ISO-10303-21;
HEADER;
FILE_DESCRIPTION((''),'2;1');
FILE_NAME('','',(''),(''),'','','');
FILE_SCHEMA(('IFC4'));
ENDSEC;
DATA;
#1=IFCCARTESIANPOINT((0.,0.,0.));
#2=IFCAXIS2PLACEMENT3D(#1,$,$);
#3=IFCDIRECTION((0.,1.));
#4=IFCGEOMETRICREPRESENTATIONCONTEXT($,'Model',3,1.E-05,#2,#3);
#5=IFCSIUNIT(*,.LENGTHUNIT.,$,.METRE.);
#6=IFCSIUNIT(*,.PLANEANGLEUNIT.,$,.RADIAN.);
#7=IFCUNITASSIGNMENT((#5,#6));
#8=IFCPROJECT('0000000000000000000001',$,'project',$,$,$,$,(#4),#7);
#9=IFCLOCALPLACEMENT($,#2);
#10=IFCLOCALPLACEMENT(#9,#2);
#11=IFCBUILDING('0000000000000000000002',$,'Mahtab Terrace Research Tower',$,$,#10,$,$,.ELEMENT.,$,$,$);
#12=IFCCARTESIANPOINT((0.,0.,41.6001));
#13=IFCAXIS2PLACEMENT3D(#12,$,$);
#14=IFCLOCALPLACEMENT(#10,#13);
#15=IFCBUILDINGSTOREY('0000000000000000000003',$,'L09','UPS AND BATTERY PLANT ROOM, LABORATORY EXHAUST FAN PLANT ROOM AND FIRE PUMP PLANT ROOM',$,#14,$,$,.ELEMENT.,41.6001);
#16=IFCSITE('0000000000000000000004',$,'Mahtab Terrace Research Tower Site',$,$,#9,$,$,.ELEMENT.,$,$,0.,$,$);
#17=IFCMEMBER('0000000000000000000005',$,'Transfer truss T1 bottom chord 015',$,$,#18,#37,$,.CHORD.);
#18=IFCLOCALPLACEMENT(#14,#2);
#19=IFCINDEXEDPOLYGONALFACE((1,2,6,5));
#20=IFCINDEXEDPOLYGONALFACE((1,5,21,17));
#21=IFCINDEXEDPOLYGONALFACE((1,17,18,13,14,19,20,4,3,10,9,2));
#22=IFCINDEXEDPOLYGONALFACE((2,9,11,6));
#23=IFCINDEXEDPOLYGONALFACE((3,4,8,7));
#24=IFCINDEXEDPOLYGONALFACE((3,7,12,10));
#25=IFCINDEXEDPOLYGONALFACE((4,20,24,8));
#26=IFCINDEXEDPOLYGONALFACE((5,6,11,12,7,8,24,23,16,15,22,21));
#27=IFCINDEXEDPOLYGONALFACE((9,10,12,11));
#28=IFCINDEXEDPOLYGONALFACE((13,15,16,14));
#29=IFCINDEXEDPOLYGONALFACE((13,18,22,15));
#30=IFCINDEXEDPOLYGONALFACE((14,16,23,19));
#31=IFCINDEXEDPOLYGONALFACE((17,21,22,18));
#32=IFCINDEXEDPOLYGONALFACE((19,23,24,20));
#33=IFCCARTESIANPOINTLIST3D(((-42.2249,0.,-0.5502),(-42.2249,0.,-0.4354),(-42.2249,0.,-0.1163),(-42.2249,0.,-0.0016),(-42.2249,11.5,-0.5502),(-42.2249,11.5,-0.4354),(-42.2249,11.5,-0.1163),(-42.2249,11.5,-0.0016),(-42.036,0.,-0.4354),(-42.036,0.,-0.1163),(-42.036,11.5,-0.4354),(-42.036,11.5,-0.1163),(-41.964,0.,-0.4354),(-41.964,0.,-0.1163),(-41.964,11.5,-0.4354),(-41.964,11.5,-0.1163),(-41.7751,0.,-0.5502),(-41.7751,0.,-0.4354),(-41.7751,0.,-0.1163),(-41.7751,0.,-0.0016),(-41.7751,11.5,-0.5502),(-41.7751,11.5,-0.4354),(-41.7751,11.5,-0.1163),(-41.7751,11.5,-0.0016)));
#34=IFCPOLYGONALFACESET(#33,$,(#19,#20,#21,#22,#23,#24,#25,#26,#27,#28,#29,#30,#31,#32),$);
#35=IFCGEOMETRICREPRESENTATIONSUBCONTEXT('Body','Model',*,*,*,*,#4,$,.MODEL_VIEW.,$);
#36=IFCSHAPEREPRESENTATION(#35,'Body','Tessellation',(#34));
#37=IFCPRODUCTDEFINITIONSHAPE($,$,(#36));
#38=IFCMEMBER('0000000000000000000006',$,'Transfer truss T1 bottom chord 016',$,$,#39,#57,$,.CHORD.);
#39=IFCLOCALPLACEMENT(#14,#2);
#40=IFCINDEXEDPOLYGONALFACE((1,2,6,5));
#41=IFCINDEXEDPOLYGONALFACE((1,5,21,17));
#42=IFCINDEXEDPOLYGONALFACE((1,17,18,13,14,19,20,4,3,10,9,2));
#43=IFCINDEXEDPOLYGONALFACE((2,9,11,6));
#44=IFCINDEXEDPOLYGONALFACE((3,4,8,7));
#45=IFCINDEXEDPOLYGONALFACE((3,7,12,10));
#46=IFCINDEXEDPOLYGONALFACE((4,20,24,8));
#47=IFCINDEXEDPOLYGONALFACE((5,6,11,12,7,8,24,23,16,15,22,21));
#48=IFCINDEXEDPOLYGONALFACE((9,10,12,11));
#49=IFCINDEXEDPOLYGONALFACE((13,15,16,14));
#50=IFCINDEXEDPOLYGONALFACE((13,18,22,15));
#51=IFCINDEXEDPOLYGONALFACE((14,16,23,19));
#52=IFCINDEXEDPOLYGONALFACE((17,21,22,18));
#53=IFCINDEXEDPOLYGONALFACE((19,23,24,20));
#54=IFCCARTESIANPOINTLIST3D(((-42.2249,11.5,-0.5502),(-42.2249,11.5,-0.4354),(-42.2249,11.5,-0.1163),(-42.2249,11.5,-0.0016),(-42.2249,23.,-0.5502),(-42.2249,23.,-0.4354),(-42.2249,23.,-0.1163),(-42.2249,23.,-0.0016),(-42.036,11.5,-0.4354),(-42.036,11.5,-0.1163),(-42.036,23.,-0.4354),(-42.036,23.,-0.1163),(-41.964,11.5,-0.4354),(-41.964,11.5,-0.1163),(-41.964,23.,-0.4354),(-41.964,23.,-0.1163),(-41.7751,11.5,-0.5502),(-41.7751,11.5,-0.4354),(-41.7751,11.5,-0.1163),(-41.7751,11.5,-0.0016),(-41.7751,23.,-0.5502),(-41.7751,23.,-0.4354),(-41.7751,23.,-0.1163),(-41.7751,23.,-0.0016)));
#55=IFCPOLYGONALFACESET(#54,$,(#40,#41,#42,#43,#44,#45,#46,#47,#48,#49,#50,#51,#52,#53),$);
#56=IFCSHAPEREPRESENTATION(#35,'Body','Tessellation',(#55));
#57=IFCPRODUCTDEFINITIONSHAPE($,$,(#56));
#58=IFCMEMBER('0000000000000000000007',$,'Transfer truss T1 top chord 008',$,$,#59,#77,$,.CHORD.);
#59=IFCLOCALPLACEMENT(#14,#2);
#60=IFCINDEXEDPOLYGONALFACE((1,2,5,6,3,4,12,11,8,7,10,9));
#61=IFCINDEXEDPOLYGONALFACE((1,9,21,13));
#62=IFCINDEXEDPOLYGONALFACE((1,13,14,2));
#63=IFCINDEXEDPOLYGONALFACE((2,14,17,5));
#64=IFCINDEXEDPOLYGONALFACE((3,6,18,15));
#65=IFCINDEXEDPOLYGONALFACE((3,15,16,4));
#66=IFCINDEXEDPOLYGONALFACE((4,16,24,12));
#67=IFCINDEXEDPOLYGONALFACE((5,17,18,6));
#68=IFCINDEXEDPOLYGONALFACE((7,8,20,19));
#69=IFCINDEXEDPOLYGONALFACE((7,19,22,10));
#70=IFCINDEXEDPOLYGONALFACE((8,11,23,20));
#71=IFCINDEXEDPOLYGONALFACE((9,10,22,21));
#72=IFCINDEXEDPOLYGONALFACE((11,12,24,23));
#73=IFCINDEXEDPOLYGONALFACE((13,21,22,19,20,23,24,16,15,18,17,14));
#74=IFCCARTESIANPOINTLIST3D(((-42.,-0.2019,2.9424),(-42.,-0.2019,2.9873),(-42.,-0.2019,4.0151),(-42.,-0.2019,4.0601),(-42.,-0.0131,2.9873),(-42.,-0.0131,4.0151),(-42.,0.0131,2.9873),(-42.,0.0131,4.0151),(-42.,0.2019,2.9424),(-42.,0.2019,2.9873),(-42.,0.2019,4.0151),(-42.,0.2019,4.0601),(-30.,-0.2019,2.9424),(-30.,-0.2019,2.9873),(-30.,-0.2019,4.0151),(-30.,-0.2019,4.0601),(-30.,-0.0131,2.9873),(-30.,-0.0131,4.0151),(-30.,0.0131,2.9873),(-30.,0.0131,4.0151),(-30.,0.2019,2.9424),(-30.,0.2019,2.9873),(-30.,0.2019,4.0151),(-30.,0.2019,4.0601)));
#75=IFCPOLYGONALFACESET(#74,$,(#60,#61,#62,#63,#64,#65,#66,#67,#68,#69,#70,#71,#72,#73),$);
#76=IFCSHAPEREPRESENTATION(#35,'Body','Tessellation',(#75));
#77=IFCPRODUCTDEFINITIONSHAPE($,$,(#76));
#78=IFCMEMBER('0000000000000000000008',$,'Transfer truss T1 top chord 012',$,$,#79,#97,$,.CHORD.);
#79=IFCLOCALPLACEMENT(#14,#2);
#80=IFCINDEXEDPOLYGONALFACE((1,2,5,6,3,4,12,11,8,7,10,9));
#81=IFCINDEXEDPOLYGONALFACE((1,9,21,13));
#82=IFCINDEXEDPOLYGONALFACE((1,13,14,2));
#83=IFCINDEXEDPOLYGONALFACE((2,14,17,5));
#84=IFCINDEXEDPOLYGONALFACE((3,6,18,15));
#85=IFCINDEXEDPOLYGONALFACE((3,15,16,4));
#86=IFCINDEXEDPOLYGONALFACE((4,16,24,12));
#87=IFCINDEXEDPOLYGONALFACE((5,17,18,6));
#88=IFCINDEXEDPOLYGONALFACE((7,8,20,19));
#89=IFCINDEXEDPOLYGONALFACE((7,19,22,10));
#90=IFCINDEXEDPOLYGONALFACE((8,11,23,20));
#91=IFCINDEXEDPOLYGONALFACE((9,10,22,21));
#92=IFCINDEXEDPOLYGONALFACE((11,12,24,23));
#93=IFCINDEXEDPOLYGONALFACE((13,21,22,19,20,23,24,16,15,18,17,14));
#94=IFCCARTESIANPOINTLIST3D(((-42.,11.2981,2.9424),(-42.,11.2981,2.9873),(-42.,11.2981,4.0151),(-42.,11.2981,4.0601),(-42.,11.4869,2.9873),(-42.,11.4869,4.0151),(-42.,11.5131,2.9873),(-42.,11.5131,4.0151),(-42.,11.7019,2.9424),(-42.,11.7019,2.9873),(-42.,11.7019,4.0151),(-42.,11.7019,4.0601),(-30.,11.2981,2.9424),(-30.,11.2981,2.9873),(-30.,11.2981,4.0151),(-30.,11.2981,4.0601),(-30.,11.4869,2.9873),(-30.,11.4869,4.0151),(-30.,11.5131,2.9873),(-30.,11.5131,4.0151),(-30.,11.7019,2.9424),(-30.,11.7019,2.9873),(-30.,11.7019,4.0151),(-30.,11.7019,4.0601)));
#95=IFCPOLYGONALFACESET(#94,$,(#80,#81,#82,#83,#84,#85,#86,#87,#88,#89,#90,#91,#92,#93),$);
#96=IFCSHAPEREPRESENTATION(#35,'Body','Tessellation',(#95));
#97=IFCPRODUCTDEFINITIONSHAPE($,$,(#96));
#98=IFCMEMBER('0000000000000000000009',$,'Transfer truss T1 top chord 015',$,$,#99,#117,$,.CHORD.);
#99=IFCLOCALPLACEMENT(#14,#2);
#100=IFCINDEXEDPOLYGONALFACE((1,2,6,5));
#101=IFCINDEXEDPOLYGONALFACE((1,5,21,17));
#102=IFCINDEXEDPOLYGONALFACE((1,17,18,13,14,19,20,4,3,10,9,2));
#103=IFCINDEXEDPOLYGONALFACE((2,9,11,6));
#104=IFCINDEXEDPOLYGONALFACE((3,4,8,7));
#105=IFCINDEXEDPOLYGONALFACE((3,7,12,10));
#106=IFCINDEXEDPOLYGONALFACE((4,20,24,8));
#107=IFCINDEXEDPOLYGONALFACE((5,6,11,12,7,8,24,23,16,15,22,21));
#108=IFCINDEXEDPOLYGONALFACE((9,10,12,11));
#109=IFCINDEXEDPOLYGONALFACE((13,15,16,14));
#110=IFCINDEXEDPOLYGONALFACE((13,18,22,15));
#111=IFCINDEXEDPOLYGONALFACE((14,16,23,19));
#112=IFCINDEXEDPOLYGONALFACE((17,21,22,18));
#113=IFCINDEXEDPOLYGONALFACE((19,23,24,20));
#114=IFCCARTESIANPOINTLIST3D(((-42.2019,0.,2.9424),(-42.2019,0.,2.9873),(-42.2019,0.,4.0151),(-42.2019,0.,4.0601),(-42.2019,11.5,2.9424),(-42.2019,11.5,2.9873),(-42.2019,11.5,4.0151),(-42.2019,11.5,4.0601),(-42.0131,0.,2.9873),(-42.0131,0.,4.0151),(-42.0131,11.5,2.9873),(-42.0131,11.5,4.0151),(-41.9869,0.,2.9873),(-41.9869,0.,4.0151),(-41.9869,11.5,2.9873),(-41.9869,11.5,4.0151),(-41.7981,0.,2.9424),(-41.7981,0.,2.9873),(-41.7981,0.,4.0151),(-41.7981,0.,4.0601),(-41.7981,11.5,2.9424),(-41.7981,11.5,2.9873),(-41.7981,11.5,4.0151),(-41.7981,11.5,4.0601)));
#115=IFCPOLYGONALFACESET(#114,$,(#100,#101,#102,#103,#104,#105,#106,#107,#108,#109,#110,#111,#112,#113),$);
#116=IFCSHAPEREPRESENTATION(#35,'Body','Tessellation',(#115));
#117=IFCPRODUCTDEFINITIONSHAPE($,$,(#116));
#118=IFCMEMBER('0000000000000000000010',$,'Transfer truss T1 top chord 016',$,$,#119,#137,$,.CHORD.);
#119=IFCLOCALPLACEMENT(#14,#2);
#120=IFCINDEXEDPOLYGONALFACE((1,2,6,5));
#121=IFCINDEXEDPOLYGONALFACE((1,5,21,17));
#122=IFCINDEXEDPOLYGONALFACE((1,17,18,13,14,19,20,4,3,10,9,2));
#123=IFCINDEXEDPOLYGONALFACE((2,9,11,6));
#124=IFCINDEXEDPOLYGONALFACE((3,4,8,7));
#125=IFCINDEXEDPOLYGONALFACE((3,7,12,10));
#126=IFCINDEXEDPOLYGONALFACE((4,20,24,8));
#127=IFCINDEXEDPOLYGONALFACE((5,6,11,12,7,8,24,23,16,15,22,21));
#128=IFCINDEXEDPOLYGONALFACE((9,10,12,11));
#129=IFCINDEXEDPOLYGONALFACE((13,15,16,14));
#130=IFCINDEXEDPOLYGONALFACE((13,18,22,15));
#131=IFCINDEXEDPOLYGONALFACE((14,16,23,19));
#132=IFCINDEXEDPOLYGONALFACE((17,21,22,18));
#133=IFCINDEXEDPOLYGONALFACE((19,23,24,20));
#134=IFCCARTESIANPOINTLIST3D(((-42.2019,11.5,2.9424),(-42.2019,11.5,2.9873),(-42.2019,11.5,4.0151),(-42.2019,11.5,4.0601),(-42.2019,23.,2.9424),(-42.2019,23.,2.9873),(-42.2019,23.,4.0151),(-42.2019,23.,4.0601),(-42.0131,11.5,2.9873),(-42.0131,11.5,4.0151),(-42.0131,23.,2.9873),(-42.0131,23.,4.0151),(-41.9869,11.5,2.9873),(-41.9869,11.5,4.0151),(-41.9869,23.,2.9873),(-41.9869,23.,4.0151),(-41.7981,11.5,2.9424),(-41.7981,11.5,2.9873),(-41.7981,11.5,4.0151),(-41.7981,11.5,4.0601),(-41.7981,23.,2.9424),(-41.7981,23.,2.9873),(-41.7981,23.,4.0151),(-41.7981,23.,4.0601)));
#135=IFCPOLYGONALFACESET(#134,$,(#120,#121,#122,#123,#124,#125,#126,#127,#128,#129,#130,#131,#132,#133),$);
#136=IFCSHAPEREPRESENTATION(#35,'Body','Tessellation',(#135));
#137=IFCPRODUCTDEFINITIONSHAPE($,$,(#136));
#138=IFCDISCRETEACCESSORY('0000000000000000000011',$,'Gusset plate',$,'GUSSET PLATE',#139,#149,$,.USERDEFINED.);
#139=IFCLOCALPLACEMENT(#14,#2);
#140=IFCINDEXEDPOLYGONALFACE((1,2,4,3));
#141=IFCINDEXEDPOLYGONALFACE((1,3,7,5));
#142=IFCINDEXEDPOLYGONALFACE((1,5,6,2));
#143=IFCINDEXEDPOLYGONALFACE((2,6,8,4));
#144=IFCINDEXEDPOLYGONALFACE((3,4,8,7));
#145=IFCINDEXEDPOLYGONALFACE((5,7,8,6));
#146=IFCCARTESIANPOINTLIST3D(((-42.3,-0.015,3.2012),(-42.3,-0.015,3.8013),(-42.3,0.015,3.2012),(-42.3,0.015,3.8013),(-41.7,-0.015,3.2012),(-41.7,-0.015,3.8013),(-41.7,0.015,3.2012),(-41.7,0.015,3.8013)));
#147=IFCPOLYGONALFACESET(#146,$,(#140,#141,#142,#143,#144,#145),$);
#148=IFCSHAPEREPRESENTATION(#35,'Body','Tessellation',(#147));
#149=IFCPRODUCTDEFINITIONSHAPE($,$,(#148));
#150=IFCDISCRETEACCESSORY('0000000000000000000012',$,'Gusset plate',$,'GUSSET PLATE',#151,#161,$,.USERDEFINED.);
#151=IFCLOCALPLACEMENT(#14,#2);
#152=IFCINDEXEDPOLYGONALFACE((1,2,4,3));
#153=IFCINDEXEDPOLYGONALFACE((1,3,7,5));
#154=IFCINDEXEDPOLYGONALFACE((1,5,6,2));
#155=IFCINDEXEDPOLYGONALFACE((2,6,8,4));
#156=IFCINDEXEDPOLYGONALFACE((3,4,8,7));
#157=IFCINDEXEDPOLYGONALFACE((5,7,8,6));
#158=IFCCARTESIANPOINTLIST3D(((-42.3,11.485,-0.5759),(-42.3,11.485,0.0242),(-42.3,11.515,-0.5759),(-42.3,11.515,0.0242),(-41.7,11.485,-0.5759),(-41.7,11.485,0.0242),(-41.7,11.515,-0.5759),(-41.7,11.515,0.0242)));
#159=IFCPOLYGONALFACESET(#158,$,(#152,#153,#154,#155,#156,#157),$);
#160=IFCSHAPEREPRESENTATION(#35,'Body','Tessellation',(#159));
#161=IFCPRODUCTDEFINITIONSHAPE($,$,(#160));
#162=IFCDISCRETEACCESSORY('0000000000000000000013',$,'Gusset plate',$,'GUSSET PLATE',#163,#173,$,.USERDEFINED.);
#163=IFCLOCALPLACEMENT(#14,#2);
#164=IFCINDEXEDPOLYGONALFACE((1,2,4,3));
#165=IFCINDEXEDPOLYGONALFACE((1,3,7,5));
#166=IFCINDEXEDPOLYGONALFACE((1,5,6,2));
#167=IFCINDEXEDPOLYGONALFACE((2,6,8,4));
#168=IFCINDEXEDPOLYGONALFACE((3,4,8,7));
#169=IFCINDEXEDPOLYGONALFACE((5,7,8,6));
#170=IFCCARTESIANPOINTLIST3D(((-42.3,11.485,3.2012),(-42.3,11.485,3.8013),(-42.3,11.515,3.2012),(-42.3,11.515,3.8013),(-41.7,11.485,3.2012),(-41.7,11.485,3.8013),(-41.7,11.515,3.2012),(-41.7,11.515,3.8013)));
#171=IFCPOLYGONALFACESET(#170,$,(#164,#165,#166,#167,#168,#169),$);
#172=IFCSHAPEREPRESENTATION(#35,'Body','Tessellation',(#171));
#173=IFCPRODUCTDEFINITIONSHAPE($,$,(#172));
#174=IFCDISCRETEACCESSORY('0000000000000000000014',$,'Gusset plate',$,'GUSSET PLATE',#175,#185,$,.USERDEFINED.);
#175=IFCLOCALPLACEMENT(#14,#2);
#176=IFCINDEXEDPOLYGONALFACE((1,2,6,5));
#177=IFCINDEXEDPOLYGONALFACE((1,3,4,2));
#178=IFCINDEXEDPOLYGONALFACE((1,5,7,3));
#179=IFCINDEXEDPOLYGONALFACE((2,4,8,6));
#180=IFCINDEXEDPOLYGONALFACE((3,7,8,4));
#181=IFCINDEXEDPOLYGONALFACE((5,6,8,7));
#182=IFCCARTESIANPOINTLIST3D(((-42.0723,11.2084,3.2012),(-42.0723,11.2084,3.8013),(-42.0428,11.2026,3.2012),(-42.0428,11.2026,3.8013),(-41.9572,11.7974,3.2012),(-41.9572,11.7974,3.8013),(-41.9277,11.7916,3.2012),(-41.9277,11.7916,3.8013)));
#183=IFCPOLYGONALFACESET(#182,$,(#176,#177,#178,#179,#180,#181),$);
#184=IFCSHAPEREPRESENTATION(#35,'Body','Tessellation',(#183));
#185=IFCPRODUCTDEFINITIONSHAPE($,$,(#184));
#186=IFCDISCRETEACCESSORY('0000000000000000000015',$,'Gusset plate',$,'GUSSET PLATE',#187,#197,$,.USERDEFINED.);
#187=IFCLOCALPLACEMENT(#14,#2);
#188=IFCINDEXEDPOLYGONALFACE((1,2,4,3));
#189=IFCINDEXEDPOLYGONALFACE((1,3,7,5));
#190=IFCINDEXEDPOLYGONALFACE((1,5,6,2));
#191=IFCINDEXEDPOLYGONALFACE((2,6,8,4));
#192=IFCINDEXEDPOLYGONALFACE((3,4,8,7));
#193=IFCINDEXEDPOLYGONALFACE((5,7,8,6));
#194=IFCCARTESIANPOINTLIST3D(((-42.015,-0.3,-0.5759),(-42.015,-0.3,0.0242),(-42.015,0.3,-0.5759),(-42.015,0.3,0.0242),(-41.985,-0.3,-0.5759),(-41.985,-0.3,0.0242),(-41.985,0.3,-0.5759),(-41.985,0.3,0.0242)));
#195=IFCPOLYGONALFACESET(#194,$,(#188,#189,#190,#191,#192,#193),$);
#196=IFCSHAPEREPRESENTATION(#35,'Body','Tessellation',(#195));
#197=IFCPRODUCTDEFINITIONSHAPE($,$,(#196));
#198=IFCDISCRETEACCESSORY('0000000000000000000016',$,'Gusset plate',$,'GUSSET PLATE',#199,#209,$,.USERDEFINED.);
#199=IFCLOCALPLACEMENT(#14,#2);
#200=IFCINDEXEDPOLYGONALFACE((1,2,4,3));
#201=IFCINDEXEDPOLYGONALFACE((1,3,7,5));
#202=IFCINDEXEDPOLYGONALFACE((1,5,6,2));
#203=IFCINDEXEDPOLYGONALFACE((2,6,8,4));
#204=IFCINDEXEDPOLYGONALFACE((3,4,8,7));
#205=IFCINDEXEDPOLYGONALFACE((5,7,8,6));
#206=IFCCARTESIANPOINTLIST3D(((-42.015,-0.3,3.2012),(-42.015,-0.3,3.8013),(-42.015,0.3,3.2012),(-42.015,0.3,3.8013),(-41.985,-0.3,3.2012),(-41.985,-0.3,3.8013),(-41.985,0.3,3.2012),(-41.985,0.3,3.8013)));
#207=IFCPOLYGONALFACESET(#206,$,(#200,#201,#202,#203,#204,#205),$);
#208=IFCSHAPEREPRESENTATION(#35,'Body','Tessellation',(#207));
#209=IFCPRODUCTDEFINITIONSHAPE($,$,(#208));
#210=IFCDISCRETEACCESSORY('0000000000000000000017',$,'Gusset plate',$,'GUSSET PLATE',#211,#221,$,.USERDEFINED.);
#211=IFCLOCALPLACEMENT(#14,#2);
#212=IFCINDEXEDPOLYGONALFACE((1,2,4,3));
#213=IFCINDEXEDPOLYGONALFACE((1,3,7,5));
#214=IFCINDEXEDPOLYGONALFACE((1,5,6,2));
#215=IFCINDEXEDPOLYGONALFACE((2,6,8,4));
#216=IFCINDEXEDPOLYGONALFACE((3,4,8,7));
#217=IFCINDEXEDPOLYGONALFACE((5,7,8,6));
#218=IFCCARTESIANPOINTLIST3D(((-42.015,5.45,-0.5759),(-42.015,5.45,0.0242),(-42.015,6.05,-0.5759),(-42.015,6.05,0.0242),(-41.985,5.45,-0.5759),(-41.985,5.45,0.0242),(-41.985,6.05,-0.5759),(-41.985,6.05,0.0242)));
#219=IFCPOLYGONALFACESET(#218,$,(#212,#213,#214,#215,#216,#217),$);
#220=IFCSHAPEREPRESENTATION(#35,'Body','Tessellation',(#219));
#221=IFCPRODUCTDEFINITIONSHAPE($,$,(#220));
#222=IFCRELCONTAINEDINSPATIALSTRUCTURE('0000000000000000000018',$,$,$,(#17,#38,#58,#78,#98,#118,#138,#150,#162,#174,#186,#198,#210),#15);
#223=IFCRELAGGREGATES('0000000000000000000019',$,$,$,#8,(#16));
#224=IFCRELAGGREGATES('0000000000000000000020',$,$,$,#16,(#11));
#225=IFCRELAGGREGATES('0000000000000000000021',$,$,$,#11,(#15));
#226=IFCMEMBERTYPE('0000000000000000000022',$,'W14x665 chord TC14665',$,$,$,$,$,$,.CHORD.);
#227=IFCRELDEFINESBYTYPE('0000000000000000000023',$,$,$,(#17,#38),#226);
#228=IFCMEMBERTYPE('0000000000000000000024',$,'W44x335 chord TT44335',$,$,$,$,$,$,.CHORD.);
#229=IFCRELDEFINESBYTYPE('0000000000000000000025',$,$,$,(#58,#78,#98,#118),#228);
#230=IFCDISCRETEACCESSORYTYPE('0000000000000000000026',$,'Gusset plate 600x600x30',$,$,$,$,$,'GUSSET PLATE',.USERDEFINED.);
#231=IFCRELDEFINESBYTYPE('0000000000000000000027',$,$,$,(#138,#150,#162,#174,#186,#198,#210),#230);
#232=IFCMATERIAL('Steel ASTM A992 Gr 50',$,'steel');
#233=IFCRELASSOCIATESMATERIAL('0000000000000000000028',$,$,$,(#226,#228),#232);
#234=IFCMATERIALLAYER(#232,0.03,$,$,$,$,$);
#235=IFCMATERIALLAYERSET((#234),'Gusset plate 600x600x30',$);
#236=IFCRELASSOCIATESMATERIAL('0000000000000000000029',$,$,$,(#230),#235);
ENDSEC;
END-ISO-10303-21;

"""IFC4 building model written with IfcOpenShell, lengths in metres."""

from ifc_helpers import new_model, si_unit, direction, frame, origin, origin_2d, place, context, subcontext, project, spatial, rectangle, i_section, extrude, material, layer, layer_set, material_profile, profile_set, type_object, element, save


model = new_model("IFC4")

# Units and contexts
model_context = context("Model", 3, precision=1e-05, world=origin(), true_north=direction((0.0, 1.0)))
body_context = subcontext(model_context, "Body", "Model", "MODEL_VIEW")
ifc_project = project(units=[si_unit("LENGTHUNIT", "METRE"), si_unit("PLANEANGLEUNIT", "RADIAN")], contexts=[model_context])

# Site, building, storey
site_placement = place(None, origin())
site = spatial("IfcSite", under=ifc_project, at=site_placement, Name="Mahtab Terrace Research Tower Site", CompositionType="ELEMENT", RefElevation=0.0)
building_placement = place(site_placement, origin())
building = spatial("IfcBuilding", under=site, at=building_placement, Name="Mahtab Terrace Research Tower", CompositionType="ELEMENT")
storey_placement = place(building_placement, frame((0.0, 0.0, 41.6001)))
storey = spatial("IfcBuildingStorey", under=building, at=storey_placement, Name="L09", Description="UPS AND BATTERY PLANT ROOM, LABORATORY EXHAUST FAN PLANT ROOM AND FIRE PUMP PLANT ROOM", CompositionType="ELEMENT", Elevation=41.6001)

# Members
ifc_material_1 = material(Name="Steel ASTM A992 Gr 50", Category="steel")
ifc_material_profile_1 = material_profile(ifc_material_1, i_section(OverallWidth=0.4497, OverallDepth=0.5486, WebThickness=0.072, FlangeThickness=0.1147, at=origin_2d()), Name="W14X665")
ifc_profile_set_1 = profile_set([ifc_material_profile_1], Name="Steel ASTM A992 Gr 50")
member_type_1 = type_object("IfcMemberType", Name="W14x665 chord TC14665", PredefinedType="CHORD", material=ifc_profile_set_1)
for number, where, z_axis, x_axis, name in (
    (1, (-42.0, 0.0, -0.2759), (0.0, 1.0, 0.0), (-1.0, 0.0, 0.0), "Transfer truss T1 bottom chord 015"),
    (2, (-42.0, 11.5, -0.2759), (0.0, 1.0, 0.0), (-1.0, 0.0, 0.0), "Transfer truss T1 bottom chord 016"),
):
    element("IfcMember", number, at=place(storey_placement, frame(where, z_axis=z_axis, x_axis=x_axis)), inside=storey, type_object=member_type_1, Name=name, PredefinedType="CHORD", context=body_context, shape_type="SweptSolid", body=[
        extrude(i_section(OverallWidth=0.4497, OverallDepth=0.5486, WebThickness=0.072, FlangeThickness=0.1147, at=origin_2d()), origin(), (0.0, 0.0, 1.0), 11.5),
    ])
ifc_material_profile_2 = material_profile(ifc_material_1, i_section(OverallWidth=0.4038, OverallDepth=1.1177, WebThickness=0.0261, FlangeThickness=0.0449, at=origin_2d()), Name="W44X335")
ifc_profile_set_2 = profile_set([ifc_material_profile_2], Name="Steel ASTM A992 Gr 50")
member_type_2 = type_object("IfcMemberType", Name="W44x335 chord TT44335", PredefinedType="CHORD", material=ifc_profile_set_2)
for number, where, z_axis, x_axis, name in (
    (3, (-42.0, 0.0, 3.5012), (1.0, 0.0, 0.0), (0.0, 1.0, 0.0), "Transfer truss T1 top chord 008"),
    (4, (-42.0, 11.5, 3.5012), (1.0, 0.0, 0.0), (0.0, 1.0, 0.0), "Transfer truss T1 top chord 012"),
):
    element("IfcMember", number, at=place(storey_placement, frame(where, z_axis=z_axis, x_axis=x_axis)), inside=storey, type_object=member_type_2, Name=name, PredefinedType="CHORD", context=body_context, shape_type="SweptSolid", body=[
        extrude(i_section(OverallWidth=0.4038, OverallDepth=1.1177, WebThickness=0.0261, FlangeThickness=0.0449, at=origin_2d()), origin(), (0.0, 0.0, 1.0), 12.0),
    ])
for number, where, z_axis, x_axis, name in (
    (5, (-42.0, 0.0, 3.5012), (0.0, 1.0, 0.0), (-1.0, 0.0, 0.0), "Transfer truss T1 top chord 015"),
    (6, (-42.0, 11.5, 3.5012), (0.0, 1.0, 0.0), (-1.0, 0.0, 0.0), "Transfer truss T1 top chord 016"),
):
    element("IfcMember", number, at=place(storey_placement, frame(where, z_axis=z_axis, x_axis=x_axis)), inside=storey, type_object=member_type_2, Name=name, PredefinedType="CHORD", context=body_context, shape_type="SweptSolid", body=[
        extrude(i_section(OverallWidth=0.4038, OverallDepth=1.1177, WebThickness=0.0261, FlangeThickness=0.0449, at=origin_2d()), origin(), (0.0, 0.0, 1.0), 11.5),
    ])

# Discrete accessories
ifc_layer = layer(ifc_material_1, 0.03)
ifc_layer_set = layer_set([ifc_layer], Name="Gusset plate 600x600x30")
discrete_accessory_type = type_object("IfcDiscreteAccessoryType", Name="Gusset plate 600x600x30", ElementType="GUSSET PLATE", PredefinedType="USERDEFINED", material=ifc_layer_set)
for number, where, z_axis, x_axis, name in (
    (7, (-42.0, 0.0, 3.2012), (0.0, 0.0, 1.0), (1.0, 0.0, 0.0), "Gusset plate"),
    (8, (-42.0, 11.5, -0.5759), (0.0, 0.0, 1.0), (1.0, 0.0, 0.0), "Gusset plate"),
    (9, (-42.0, 11.5, 3.2012), (0.0, 0.0, 1.0), (1.0, 0.0, 0.0), "Gusset plate"),
    (10, (-42.0, 11.5, 3.2012), (0.0, 0.0, 1.0), (0.19182, 0.98143, 0.0), "Gusset plate"),
    (11, (-42.0, 0.0, -0.5759), (0.0, 0.0, 1.0), (0.0, 1.0, 0.0), "Gusset plate"),
    (12, (-42.0, 0.0, 3.2012), (0.0, 0.0, 1.0), (0.0, 1.0, 0.0), "Gusset plate"),
    (13, (-42.0, 5.75, -0.5759), (0.0, 0.0, 1.0), (0.0, 1.0, 0.0), "Gusset plate"),
):
    element("IfcDiscreteAccessory", number, at=place(storey_placement, frame(where, z_axis=z_axis, x_axis=x_axis)), inside=storey, type_object=discrete_accessory_type, Name=name, ObjectType="GUSSET PLATE", PredefinedType="USERDEFINED", context=body_context, shape_type="SweptSolid", body=[
        extrude(rectangle(XDim=0.6001, YDim=0.03, at=origin_2d()), origin(), (0.0, 0.0, 1.0), 0.6001),
    ])

save(model, "model.ifc")
